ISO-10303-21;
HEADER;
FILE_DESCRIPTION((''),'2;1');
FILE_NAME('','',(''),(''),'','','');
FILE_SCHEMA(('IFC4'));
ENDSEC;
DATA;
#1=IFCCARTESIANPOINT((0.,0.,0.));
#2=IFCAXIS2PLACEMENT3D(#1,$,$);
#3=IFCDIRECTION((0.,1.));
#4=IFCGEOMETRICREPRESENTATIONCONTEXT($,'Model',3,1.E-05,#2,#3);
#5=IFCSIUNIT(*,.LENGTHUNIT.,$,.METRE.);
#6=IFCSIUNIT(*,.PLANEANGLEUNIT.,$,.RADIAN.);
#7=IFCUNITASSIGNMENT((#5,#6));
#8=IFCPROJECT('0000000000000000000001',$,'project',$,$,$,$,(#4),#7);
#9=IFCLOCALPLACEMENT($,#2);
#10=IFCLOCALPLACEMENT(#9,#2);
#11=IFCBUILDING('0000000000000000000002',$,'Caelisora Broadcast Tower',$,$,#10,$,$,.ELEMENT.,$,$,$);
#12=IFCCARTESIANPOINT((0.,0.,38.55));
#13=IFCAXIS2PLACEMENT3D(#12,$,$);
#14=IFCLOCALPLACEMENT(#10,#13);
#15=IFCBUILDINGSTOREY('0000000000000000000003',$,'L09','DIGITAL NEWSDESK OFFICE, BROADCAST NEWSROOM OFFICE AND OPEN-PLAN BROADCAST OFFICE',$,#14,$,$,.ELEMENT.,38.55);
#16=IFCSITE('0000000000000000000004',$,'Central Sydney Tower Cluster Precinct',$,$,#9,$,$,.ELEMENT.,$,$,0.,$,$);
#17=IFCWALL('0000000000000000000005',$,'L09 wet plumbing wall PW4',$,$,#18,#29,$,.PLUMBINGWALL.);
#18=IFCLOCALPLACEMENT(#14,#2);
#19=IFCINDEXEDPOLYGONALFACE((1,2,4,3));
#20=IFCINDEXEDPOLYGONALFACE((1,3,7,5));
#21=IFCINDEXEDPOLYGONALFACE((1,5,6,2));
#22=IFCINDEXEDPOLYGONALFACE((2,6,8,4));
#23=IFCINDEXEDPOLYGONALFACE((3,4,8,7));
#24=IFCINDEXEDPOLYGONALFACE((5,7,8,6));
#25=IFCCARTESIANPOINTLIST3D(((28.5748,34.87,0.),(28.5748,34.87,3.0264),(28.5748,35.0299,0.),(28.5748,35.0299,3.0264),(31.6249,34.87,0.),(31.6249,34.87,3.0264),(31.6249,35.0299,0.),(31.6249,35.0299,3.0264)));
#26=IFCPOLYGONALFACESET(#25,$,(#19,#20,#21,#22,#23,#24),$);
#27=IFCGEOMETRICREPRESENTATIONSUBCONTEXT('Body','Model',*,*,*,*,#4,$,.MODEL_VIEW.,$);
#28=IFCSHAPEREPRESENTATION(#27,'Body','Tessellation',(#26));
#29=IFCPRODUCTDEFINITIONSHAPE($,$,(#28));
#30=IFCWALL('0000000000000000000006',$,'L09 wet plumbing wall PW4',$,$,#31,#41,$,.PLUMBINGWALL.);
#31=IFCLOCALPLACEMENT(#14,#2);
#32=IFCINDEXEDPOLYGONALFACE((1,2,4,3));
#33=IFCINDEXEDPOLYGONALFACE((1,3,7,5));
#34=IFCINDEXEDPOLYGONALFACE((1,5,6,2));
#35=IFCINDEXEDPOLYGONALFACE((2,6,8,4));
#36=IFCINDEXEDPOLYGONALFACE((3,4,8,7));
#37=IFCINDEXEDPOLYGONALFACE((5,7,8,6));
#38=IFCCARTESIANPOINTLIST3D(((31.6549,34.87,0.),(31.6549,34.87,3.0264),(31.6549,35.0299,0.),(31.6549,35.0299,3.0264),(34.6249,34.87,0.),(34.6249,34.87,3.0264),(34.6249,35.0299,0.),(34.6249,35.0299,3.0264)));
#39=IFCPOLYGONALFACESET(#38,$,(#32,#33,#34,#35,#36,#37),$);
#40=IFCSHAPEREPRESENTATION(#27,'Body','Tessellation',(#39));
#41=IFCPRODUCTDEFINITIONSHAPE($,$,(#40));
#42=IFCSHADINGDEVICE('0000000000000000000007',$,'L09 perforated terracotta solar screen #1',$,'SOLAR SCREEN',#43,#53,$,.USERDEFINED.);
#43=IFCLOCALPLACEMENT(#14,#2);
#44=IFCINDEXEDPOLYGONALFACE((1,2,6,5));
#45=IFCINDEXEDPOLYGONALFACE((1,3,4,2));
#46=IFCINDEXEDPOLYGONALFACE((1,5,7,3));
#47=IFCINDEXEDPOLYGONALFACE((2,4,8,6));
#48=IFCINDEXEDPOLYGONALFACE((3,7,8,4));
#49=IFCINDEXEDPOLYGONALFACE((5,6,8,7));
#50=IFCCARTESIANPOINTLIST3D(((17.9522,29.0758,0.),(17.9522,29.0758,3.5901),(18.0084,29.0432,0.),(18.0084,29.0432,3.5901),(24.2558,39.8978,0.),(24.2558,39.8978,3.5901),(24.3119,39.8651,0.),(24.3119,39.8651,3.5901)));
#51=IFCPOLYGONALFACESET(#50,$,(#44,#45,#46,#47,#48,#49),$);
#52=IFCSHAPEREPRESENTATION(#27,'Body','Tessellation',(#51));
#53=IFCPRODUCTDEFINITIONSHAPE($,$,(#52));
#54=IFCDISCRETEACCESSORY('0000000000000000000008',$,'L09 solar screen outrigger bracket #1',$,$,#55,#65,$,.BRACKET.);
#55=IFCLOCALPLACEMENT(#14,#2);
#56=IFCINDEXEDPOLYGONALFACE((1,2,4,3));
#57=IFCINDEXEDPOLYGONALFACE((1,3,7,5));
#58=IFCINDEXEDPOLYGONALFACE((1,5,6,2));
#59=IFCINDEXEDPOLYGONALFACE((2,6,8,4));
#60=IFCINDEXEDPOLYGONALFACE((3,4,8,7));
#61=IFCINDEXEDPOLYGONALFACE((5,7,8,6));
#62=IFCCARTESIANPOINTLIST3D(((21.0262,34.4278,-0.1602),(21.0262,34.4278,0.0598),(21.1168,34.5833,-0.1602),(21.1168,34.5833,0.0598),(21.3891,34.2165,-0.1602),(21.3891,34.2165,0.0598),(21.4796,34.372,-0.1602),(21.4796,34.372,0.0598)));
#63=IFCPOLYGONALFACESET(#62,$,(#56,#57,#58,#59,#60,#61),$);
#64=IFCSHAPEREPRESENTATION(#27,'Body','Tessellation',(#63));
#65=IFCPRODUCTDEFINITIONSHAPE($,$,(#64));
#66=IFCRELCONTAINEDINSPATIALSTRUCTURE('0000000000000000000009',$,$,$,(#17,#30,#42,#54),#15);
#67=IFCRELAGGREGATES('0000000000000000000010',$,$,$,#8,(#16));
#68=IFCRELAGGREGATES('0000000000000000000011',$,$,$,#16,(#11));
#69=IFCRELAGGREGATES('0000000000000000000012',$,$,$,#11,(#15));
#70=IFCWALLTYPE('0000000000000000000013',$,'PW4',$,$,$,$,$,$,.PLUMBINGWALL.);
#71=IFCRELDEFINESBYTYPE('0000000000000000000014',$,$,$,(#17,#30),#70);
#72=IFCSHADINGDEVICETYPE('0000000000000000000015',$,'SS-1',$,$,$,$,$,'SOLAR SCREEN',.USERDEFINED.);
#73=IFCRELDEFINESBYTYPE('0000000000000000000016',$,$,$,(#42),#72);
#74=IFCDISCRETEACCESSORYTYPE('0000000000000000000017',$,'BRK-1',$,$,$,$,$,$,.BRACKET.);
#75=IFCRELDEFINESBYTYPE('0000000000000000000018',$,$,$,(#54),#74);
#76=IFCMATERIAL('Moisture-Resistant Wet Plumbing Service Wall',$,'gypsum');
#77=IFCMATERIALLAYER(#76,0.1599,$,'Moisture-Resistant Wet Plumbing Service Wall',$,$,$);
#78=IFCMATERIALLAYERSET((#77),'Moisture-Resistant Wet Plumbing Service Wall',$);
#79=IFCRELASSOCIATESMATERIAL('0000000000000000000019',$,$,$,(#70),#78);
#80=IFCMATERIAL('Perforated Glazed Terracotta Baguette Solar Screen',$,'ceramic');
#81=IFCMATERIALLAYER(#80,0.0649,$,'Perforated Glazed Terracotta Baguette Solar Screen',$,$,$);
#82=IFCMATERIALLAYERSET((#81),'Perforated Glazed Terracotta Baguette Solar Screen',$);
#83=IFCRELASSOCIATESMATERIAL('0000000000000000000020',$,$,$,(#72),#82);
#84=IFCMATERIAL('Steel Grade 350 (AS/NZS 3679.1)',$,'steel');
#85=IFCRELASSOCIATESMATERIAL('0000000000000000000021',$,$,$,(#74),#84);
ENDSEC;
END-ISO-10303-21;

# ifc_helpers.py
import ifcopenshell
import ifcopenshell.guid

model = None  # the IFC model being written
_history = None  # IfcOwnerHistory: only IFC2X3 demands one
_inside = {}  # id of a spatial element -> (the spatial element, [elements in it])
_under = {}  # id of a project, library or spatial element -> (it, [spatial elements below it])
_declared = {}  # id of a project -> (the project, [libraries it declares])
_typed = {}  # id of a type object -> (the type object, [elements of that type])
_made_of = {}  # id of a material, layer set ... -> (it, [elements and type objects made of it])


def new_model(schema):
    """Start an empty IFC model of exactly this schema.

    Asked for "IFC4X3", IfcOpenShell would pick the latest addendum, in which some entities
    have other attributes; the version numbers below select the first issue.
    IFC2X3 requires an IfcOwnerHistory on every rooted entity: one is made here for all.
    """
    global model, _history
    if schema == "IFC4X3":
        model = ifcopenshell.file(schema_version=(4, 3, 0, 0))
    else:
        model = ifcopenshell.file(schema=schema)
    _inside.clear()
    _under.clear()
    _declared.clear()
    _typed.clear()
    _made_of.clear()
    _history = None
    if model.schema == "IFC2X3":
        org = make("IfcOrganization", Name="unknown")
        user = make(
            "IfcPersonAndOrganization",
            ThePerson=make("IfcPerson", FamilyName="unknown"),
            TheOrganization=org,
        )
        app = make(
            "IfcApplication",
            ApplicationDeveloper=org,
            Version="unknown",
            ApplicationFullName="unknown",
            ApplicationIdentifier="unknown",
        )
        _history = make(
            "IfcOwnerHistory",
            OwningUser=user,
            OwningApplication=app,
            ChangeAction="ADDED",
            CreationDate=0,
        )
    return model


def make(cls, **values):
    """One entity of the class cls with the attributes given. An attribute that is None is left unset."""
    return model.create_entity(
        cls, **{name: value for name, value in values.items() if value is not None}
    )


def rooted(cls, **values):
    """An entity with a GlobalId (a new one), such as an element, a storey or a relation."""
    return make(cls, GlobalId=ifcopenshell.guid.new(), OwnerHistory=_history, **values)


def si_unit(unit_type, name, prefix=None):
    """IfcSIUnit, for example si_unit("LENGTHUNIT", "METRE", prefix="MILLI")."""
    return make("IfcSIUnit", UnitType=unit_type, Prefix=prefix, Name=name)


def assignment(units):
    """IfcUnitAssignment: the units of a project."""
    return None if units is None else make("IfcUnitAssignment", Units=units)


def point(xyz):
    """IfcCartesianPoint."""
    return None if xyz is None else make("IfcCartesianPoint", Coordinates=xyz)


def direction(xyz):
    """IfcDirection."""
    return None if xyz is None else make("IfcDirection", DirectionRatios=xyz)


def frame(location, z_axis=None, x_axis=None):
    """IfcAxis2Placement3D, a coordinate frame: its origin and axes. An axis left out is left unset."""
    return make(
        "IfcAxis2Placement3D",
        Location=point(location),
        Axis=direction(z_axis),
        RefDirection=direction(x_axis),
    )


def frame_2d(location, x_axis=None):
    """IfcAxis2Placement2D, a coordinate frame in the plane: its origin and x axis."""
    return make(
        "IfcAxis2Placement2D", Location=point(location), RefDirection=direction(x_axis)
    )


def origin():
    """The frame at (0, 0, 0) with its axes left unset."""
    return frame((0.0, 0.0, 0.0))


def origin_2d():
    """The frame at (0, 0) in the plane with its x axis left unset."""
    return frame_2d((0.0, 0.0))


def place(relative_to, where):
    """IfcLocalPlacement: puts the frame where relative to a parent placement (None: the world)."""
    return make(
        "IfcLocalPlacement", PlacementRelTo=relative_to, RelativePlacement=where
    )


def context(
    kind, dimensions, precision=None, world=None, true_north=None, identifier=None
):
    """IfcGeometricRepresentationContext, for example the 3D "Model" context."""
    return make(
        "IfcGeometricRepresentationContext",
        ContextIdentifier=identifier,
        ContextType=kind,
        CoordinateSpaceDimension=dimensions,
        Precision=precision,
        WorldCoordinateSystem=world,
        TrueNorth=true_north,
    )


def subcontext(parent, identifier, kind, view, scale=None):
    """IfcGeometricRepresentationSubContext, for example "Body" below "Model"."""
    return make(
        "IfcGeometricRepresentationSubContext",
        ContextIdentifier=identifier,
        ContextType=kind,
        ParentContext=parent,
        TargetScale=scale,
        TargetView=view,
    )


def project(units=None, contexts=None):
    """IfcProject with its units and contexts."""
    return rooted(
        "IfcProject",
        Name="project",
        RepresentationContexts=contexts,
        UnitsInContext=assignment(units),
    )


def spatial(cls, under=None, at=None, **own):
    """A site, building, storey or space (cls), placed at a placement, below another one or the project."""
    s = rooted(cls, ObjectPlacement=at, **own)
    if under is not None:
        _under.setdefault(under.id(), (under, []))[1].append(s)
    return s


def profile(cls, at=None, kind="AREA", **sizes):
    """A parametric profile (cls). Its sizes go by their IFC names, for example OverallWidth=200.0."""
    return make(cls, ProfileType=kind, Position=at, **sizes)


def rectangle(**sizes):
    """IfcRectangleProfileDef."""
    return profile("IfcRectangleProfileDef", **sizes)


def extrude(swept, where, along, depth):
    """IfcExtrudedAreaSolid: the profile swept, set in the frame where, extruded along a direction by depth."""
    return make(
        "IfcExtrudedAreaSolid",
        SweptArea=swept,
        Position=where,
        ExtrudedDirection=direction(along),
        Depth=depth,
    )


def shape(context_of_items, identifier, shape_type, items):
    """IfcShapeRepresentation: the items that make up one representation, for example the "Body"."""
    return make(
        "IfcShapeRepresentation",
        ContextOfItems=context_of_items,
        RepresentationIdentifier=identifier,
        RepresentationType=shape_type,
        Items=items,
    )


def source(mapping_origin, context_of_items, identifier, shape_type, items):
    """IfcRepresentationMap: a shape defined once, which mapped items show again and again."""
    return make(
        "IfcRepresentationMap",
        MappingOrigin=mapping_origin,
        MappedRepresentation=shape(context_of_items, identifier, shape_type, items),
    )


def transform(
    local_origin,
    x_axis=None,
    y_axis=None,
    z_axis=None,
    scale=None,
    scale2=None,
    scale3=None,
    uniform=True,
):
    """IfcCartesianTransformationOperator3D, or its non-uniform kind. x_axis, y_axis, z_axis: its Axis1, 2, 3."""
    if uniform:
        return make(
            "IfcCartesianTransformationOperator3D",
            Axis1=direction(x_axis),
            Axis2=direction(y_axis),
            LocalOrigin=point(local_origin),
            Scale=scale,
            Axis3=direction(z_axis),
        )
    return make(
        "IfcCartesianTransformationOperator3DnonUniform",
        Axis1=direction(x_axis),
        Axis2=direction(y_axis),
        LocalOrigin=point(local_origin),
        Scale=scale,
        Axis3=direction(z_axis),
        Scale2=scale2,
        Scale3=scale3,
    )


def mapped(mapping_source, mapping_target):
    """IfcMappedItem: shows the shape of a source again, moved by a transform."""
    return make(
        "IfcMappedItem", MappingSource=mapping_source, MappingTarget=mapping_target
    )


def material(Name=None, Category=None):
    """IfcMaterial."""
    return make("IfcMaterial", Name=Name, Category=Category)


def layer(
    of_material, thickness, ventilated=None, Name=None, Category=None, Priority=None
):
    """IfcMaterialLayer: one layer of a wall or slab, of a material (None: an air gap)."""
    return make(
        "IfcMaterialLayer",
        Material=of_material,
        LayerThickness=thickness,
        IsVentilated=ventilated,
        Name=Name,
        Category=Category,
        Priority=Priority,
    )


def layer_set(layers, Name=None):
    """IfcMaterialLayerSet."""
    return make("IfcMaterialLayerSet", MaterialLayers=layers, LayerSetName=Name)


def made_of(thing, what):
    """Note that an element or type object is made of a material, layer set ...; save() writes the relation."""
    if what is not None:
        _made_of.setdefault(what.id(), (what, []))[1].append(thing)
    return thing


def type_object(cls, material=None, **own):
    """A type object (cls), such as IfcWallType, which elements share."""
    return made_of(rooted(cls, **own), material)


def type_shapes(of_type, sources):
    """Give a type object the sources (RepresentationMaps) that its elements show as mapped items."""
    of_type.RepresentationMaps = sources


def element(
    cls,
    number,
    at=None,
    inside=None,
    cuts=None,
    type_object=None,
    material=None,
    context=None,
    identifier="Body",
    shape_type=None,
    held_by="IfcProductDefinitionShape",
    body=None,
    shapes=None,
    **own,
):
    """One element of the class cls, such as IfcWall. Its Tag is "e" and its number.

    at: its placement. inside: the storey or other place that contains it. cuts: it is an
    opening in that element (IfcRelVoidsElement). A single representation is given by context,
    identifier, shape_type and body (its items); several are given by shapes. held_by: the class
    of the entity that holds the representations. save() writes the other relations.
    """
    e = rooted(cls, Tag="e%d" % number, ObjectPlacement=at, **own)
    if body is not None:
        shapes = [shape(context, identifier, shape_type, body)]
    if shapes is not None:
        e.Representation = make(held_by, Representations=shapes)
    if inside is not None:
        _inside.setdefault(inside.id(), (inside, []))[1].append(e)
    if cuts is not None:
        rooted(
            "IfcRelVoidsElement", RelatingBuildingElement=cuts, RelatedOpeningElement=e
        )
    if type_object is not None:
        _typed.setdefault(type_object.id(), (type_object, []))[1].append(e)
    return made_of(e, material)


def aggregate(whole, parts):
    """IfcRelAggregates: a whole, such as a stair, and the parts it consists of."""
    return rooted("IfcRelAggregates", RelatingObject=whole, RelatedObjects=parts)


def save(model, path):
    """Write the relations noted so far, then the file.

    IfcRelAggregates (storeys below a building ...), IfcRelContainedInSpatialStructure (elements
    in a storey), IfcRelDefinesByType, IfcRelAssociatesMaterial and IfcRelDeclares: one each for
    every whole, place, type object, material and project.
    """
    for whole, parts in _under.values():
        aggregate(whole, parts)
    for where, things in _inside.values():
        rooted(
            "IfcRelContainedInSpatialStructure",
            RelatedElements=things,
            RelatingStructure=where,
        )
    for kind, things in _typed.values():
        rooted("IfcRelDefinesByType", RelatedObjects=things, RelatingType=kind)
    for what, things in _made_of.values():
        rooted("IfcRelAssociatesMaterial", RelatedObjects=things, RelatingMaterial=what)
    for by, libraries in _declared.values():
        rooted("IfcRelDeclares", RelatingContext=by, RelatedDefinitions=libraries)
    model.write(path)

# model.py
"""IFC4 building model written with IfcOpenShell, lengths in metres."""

from ifc_helpers import new_model, si_unit, direction, frame, frame_2d, origin, origin_2d, place, context, subcontext, project, spatial, rectangle, extrude, source, transform, mapped, material, layer, layer_set, type_object, type_shapes, element, save


model = new_model("IFC4")

# Units and contexts
model_context = context("Model", 3, precision=1e-05, world=origin(), true_north=direction((0.0, 1.0)))
body_context = subcontext(model_context, "Body", "Model", "MODEL_VIEW")
ifc_project = project(units=[si_unit("LENGTHUNIT", "METRE"), si_unit("PLANEANGLEUNIT", "RADIAN")], contexts=[model_context])

# Site, building, storey
site_placement = place(None, origin())
site = spatial("IfcSite", under=ifc_project, at=site_placement, Name="Central Sydney Tower Cluster Precinct", CompositionType="ELEMENT", RefElevation=0.0)
building_placement = place(site_placement, origin())
building = spatial("IfcBuilding", under=site, at=building_placement, Name="Caelisora Broadcast Tower", CompositionType="ELEMENT")
storey_placement = place(building_placement, frame((0.0, 0.0, 38.55)))
storey = spatial("IfcBuildingStorey", under=building, at=storey_placement, Name="L09", Description="DIGITAL NEWSDESK OFFICE, BROADCAST NEWSROOM OFFICE AND OPEN-PLAN BROADCAST OFFICE", CompositionType="ELEMENT", Elevation=38.55)

# Shared definitions
ifc_material_1 = material(Name="Steel Grade 350 (AS/NZS 3679.1)", Category="steel")

# Shared definitions
ifc_material_2 = material(Name="Moisture-Resistant Wet Plumbing Service Wall", Category="gypsum")
ifc_layer_1 = layer(ifc_material_2, 0.1599, Name="Moisture-Resistant Wet Plumbing Service Wall")
ifc_layer_set_1 = layer_set([ifc_layer_1], Name="Moisture-Resistant Wet Plumbing Service Wall")
wall_type = type_object("IfcWallType", Name="PW4", PredefinedType="PLUMBINGWALL", material=ifc_layer_set_1)

# Walls
wall_1_placement = place(storey_placement, frame((28.575, 34.95, 0.0), z_axis=(0.0, 0.0, 1.0), x_axis=(1.0, 0.0, 0.0)))
element("IfcWall", 1, at=wall_1_placement, inside=storey, type_object=wall_type, Name="L09 wet plumbing wall PW4", PredefinedType="PLUMBINGWALL", context=body_context, shape_type="SweptSolid", body=[
    extrude(rectangle(XDim=3.05, YDim=0.1599, at=frame_2d((1.5249, 0.0))), origin(), (0.0, 0.0, 1.0), 3.0264),
])
wall_2_placement = place(storey_placement, frame((31.655, 34.95, 0.0), z_axis=(0.0, 0.0, 1.0), x_axis=(1.0, 0.0, 0.0)))
element("IfcWall", 2, at=wall_2_placement, inside=storey, type_object=wall_type, Name="L09 wet plumbing wall PW4", PredefinedType="PLUMBINGWALL", context=body_context, shape_type="SweptSolid", body=[
    extrude(rectangle(XDim=2.97, YDim=0.1599, at=frame_2d((1.4849, 0.0))), origin(), (0.0, 0.0, 1.0), 3.0264),
])

# Shading device
ifc_material_3 = material(Name="Perforated Glazed Terracotta Baguette Solar Screen", Category="ceramic")
ifc_layer_2 = layer(ifc_material_3, 0.0649, Name="Perforated Glazed Terracotta Baguette Solar Screen")
ifc_layer_set_2 = layer_set([ifc_layer_2], Name="Perforated Glazed Terracotta Baguette Solar Screen")
shading_device_type = type_object("IfcShadingDeviceType", Name="SS-1", ElementType="SOLAR SCREEN", PredefinedType="USERDEFINED", material=ifc_layer_set_2)
shared_shape_1 = source(origin(), body_context, "Body", "SweptSolid", [
    extrude(rectangle(XDim=12.5239, YDim=0.0649, at=origin_2d()), origin(), (0.0, 0.0, 1.0), 3.5901),
])
type_shapes(shading_device_type, [shared_shape_1])
shading_device_placement = place(storey_placement, frame((21.1321, 34.4705, 0.0), z_axis=(0.0, 0.0, 1.0), x_axis=(-0.503322, -0.864099, 0.0)))
element("IfcShadingDevice", 3, at=shading_device_placement, inside=storey, type_object=shading_device_type, Name="L09 perforated terracotta solar screen #1", ObjectType="SOLAR SCREEN", PredefinedType="USERDEFINED", context=body_context, shape_type="MappedRepresentation", body=[
    mapped(shared_shape_1, transform((0.0, 0.0, 0.0), scale=1.0)),
])

# Discrete accessory
discrete_accessory_type = type_object("IfcDiscreteAccessoryType", Name="BRK-1", PredefinedType="BRACKET", material=ifc_material_1)
shared_shape_2 = source(origin(), body_context, "Body", "SweptSolid", [
    extrude(rectangle(XDim=0.1799, YDim=0.4199, at=origin_2d()), origin(), (0.0, 0.0, 1.0), 0.22),
])
type_shapes(discrete_accessory_type, [shared_shape_2])
discrete_accessory_placement = place(storey_placement, frame((21.2529, 34.3999, -0.1602), z_axis=(0.0, 0.0, 1.0), x_axis=(-0.503322, -0.864099, 0.0)))
element("IfcDiscreteAccessory", 4, at=discrete_accessory_placement, inside=storey, type_object=discrete_accessory_type, Name="L09 solar screen outrigger bracket #1", PredefinedType="BRACKET", context=body_context, shape_type="MappedRepresentation", body=[
    mapped(shared_shape_2, transform((0.0, 0.0, 0.0), scale=1.0)),
])

save(model, "model.ifc")
